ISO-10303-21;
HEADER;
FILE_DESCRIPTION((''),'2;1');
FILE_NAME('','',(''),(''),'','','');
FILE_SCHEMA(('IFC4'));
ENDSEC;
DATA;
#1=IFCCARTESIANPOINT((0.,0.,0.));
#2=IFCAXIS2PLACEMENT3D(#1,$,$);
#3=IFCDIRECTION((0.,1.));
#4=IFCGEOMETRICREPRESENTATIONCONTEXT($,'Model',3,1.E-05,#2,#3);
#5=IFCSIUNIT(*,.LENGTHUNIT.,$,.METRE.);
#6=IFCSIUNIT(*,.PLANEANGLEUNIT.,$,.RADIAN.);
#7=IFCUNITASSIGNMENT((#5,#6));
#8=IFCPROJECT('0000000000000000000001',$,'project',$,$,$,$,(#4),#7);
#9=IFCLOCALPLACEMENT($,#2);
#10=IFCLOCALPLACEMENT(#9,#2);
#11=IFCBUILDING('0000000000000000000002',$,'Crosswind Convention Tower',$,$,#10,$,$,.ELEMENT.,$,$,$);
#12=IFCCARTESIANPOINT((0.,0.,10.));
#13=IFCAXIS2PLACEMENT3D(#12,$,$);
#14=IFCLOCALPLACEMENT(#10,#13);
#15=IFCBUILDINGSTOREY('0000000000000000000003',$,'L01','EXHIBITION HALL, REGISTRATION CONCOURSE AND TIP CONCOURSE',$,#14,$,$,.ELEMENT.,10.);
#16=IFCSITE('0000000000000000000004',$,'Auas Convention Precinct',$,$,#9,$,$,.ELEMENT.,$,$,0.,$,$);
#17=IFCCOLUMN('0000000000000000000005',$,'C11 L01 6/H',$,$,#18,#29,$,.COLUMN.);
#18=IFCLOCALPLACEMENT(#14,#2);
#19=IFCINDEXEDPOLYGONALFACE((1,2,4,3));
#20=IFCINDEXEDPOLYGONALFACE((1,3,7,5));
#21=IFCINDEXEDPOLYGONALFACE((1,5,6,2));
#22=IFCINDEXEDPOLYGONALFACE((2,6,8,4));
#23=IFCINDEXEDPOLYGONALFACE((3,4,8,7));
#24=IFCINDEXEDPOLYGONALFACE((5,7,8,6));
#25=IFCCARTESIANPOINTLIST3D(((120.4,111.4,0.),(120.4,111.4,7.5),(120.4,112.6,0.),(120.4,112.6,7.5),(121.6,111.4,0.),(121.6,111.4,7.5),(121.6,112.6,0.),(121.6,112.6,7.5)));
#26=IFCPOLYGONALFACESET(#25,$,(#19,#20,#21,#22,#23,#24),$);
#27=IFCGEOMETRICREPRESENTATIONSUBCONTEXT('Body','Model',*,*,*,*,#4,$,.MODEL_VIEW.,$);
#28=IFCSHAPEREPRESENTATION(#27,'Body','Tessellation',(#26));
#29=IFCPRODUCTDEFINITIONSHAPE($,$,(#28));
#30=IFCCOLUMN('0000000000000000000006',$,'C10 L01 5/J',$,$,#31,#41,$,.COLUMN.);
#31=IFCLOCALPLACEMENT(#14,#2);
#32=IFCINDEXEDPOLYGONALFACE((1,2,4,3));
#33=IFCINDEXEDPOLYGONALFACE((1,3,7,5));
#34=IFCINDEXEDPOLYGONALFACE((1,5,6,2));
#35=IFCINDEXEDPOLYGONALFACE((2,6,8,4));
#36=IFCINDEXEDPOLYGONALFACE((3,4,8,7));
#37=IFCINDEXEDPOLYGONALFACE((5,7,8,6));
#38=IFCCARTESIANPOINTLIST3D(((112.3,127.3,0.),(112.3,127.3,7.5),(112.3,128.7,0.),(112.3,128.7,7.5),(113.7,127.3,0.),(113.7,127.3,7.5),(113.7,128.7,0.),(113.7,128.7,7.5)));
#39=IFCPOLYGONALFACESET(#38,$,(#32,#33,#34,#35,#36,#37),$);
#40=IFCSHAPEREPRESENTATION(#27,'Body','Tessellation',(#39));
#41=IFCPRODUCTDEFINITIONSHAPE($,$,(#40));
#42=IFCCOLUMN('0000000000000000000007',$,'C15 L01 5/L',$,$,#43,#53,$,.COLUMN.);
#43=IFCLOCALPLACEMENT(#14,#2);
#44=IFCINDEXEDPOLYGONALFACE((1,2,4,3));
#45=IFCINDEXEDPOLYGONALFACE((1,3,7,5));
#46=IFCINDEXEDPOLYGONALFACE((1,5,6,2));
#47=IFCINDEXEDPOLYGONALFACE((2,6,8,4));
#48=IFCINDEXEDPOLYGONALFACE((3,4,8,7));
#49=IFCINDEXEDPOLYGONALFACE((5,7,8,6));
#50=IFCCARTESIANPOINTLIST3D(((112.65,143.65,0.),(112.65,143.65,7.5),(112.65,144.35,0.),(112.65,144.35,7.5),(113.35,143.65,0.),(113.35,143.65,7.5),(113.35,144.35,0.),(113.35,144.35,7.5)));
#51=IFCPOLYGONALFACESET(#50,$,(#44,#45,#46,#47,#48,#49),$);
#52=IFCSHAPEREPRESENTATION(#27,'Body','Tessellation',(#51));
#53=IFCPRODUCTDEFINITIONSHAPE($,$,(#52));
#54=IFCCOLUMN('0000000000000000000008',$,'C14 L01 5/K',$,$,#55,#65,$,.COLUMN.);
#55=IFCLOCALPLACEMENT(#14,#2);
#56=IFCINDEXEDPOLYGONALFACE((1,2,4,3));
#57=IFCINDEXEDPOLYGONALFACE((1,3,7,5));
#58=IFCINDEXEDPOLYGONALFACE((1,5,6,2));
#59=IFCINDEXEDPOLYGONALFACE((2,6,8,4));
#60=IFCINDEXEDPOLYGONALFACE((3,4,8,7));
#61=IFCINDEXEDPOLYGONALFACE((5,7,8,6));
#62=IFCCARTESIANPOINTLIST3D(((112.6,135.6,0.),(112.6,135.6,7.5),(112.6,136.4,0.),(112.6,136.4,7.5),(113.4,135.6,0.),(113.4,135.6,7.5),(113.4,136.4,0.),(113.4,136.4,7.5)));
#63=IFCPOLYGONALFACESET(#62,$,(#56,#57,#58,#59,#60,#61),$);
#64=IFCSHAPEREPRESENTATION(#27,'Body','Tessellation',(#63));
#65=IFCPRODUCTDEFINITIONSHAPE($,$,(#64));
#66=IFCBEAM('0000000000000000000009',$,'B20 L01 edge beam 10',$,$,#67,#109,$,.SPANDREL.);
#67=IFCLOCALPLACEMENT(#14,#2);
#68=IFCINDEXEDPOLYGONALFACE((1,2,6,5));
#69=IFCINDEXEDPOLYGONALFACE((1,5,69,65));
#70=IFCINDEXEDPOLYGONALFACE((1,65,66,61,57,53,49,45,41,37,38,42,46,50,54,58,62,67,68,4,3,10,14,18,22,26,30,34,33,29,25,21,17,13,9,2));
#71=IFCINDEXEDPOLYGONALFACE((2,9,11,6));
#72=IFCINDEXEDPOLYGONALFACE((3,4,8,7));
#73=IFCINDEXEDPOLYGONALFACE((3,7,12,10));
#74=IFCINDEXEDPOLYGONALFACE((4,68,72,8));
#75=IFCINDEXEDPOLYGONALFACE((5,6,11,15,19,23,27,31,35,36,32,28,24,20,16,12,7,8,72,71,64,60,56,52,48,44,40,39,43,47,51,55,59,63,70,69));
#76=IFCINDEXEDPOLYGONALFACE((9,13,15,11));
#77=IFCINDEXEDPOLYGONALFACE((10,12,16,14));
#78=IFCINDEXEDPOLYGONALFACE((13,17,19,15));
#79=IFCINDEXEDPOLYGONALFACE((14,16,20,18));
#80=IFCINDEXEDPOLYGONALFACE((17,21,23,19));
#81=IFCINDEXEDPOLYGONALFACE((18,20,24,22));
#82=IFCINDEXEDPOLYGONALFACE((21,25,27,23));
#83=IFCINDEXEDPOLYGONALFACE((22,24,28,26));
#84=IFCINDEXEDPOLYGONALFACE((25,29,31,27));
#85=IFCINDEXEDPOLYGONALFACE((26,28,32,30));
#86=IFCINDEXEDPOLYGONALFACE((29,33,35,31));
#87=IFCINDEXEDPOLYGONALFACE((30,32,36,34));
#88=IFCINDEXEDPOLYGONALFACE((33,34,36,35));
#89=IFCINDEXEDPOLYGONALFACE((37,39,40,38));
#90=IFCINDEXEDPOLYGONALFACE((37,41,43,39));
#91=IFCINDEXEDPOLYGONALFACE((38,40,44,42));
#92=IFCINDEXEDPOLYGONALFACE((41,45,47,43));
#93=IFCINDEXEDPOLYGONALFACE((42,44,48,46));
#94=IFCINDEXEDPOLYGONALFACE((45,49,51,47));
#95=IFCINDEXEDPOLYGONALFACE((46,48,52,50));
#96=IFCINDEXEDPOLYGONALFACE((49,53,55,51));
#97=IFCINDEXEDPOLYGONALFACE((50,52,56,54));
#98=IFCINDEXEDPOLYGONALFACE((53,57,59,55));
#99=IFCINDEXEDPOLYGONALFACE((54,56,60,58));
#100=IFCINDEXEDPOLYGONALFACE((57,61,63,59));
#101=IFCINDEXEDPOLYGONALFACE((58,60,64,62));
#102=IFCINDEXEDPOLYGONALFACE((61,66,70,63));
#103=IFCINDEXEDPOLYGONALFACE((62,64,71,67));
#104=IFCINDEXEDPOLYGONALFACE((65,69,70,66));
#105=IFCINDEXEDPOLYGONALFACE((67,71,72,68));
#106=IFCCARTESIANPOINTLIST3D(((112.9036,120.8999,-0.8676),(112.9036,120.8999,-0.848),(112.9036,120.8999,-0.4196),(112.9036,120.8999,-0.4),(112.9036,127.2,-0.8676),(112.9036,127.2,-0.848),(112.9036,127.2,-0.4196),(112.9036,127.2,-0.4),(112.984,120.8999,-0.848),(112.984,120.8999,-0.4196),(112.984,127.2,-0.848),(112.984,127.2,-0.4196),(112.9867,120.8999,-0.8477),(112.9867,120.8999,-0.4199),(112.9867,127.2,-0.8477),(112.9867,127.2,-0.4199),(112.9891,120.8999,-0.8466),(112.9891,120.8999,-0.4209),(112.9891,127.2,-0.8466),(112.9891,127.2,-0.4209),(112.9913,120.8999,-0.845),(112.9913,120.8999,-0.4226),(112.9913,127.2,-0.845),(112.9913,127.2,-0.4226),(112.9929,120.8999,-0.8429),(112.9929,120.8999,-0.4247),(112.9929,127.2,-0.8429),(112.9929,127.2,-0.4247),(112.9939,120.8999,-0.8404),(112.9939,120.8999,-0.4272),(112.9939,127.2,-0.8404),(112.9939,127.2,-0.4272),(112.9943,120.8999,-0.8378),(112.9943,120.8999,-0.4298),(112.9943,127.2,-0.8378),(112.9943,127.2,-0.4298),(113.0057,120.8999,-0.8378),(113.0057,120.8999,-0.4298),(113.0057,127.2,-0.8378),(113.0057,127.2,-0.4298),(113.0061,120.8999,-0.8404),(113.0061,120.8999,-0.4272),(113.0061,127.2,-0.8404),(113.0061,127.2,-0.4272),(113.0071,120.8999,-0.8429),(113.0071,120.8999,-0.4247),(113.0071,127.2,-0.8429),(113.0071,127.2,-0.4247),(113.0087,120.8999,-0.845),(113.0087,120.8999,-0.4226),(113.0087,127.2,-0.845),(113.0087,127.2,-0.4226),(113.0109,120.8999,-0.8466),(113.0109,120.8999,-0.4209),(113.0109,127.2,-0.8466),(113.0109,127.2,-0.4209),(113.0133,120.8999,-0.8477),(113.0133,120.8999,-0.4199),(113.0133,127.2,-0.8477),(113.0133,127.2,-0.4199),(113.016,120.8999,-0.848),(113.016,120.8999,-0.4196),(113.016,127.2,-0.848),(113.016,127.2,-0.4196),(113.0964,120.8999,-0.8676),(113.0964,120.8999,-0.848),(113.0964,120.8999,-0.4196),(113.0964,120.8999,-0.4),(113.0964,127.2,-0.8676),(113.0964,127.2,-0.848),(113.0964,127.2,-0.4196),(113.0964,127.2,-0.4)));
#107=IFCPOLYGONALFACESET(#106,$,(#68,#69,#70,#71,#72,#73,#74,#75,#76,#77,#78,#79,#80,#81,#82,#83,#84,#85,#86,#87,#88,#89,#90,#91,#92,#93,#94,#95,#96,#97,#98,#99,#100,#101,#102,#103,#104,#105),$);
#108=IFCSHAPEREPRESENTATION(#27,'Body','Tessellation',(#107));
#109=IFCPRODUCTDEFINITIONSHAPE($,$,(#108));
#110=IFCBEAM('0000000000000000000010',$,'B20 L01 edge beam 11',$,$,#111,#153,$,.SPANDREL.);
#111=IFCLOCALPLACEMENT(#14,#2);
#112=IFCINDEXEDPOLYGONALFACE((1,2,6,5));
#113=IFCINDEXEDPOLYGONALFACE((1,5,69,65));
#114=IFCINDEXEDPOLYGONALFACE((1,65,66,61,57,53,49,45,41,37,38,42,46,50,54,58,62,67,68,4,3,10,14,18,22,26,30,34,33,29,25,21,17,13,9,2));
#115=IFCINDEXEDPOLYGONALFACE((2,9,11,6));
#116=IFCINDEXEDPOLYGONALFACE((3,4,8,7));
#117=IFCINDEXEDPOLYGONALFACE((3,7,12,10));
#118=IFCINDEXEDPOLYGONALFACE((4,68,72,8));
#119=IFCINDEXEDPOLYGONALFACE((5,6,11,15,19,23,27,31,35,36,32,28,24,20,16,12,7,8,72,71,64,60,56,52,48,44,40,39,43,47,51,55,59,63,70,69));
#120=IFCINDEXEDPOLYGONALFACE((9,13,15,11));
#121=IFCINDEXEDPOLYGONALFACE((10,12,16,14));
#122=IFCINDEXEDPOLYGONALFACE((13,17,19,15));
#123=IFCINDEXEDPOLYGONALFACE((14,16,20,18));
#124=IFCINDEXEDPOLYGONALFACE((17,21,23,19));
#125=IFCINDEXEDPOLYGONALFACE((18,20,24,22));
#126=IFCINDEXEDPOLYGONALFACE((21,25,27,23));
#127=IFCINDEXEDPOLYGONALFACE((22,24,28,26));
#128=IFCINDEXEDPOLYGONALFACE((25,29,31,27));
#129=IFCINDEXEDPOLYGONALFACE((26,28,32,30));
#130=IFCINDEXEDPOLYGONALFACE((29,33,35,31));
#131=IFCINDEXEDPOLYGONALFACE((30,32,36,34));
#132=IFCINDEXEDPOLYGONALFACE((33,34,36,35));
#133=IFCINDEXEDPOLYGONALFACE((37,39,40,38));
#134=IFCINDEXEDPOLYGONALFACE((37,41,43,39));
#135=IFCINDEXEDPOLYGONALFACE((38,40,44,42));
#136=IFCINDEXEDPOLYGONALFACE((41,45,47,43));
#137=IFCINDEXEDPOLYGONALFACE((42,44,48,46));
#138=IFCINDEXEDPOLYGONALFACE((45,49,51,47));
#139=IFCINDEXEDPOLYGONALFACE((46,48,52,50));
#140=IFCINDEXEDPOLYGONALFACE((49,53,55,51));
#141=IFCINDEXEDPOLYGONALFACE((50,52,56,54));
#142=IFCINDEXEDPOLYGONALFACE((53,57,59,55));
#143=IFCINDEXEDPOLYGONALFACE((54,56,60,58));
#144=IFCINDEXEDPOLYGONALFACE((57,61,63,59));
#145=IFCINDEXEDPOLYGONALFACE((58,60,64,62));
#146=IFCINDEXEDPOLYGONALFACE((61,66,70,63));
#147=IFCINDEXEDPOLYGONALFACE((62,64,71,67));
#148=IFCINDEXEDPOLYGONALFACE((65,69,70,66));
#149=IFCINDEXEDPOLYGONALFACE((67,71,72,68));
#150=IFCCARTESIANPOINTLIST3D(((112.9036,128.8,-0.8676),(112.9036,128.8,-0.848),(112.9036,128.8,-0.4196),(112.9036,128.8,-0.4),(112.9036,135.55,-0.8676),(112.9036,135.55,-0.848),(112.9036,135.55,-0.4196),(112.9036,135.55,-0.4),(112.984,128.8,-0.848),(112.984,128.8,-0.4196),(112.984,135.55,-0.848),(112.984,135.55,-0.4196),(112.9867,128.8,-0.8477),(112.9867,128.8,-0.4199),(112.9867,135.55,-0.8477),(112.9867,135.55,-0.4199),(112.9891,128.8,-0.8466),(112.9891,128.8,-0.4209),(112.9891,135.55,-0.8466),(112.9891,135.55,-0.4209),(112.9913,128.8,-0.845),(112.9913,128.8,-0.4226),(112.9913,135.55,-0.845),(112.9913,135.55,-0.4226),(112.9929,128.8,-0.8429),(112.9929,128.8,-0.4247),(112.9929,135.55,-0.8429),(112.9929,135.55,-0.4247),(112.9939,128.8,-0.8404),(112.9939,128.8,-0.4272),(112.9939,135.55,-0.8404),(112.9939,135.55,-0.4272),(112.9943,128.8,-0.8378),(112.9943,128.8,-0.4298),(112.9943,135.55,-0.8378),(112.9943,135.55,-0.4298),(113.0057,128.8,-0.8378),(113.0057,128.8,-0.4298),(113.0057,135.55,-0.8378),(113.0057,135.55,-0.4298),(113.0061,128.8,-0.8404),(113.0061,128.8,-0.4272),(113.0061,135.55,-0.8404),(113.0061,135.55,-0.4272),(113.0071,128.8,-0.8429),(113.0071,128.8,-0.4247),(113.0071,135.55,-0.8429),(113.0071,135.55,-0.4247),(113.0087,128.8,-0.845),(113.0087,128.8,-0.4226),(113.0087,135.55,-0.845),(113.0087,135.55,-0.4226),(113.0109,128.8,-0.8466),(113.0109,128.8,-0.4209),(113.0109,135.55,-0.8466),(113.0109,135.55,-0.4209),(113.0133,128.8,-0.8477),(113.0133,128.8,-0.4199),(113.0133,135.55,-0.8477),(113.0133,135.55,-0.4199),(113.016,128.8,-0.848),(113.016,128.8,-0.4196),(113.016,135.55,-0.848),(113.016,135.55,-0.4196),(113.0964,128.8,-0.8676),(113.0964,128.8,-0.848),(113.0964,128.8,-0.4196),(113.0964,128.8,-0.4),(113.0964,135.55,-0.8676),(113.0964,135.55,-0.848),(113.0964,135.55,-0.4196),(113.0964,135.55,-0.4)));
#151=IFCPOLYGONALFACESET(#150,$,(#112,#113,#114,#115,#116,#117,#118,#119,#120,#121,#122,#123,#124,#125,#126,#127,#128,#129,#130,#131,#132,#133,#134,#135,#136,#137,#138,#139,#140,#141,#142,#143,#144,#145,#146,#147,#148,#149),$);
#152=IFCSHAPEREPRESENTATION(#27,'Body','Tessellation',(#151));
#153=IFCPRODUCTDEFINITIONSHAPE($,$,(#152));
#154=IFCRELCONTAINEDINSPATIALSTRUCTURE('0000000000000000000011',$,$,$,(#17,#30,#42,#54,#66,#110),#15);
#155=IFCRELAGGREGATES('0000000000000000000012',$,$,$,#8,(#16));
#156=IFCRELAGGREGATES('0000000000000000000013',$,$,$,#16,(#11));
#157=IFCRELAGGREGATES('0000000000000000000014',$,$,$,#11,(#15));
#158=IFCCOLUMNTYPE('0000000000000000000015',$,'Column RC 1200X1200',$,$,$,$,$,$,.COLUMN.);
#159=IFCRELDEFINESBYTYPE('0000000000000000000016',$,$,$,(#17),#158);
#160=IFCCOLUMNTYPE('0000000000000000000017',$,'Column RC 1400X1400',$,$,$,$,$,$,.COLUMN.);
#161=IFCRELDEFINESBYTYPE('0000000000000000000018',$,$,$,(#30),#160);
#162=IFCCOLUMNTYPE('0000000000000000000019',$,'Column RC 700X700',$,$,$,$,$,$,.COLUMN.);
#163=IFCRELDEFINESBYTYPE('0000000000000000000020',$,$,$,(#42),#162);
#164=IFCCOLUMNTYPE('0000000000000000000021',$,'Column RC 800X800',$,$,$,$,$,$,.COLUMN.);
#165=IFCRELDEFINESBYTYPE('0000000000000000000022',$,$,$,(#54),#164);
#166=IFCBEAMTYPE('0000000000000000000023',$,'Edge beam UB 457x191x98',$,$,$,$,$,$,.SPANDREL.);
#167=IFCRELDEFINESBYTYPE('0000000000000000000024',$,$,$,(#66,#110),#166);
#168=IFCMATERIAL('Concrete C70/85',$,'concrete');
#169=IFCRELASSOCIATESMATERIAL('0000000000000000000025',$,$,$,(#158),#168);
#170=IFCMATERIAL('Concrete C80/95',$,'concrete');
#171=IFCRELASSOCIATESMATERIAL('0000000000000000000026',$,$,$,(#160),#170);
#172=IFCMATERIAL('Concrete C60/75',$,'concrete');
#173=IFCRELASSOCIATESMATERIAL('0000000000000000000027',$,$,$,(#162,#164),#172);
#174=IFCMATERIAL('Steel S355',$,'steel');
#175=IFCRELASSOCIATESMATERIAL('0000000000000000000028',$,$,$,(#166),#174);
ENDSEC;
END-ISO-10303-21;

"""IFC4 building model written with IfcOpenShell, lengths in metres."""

from ifc_helpers import new_model, si_unit, direction, frame, origin, origin_2d, place, context, subcontext, project, spatial, rectangle, i_section, extrude, material, material_profile, profile_set, type_object, element, save


model = new_model("IFC4")

# Units and contexts
model_context = context("Model", 3, precision=1e-05, world=origin(), true_north=direction((0.0, 1.0)))
body_context = subcontext(model_context, "Body", "Model", "MODEL_VIEW")
ifc_project = project(units=[si_unit("LENGTHUNIT", "METRE"), si_unit("PLANEANGLEUNIT", "RADIAN")], contexts=[model_context])

# Site, building, storey
site_placement = place(None, origin())
site = spatial("IfcSite", under=ifc_project, at=site_placement, Name="Auas Convention Precinct", CompositionType="ELEMENT", RefElevation=0.0)
building_placement = place(site_placement, origin())
building = spatial("IfcBuilding", under=site, at=building_placement, Name="Crosswind Convention Tower", CompositionType="ELEMENT")
storey_placement = place(building_placement, frame((0.0, 0.0, 10.0)))
storey = spatial("IfcBuildingStorey", under=building, at=storey_placement, Name="L01", Description="EXHIBITION HALL, REGISTRATION CONCOURSE AND TIP CONCOURSE", CompositionType="ELEMENT", Elevation=10.0)

# Columns
ifc_material_1 = material(Name="Concrete C70/85", Category="concrete")
ifc_material_profile_1 = material_profile(ifc_material_1, rectangle(XDim=1.2, YDim=1.2, at=origin_2d()), Name="RC 1200X1200")
ifc_profile_set_1 = profile_set([ifc_material_profile_1], Name="Concrete C70/85")
column_type_1 = type_object("IfcColumnType", Name="Column RC 1200X1200", PredefinedType="COLUMN", material=ifc_profile_set_1)
column_1_placement = place(storey_placement, frame((121.0, 112.0, 0.0), z_axis=(0.0, 0.0, 1.0), x_axis=(1.0, 0.0, 0.0)))
element("IfcColumn", 1, at=column_1_placement, inside=storey, type_object=column_type_1, Name="C11 L01 6/H", PredefinedType="COLUMN", context=body_context, shape_type="SweptSolid", body=[
    extrude(rectangle(XDim=1.2, YDim=1.2, at=origin_2d()), origin(), (0.0, 0.0, 1.0), 7.5),
])
ifc_material_2 = material(Name="Concrete C80/95", Category="concrete")
ifc_material_profile_2 = material_profile(ifc_material_2, rectangle(XDim=1.3999, YDim=1.3999, at=origin_2d()), Name="RC 1400X1400")
ifc_profile_set_2 = profile_set([ifc_material_profile_2], Name="Concrete C80/95")
column_type_2 = type_object("IfcColumnType", Name="Column RC 1400X1400", PredefinedType="COLUMN", material=ifc_profile_set_2)
column_2_placement = place(storey_placement, frame((113.0, 128.0, 0.0), z_axis=(0.0, 0.0, 1.0), x_axis=(1.0, 0.0, 0.0)))
element("IfcColumn", 2, at=column_2_placement, inside=storey, type_object=column_type_2, Name="C10 L01 5/J", PredefinedType="COLUMN", context=body_context, shape_type="SweptSolid", body=[
    extrude(rectangle(XDim=1.3999, YDim=1.3999, at=origin_2d()), origin(), (0.0, 0.0, 1.0), 7.5),
])
ifc_material_3 = material(Name="Concrete C60/75", Category="concrete")
ifc_material_profile_3 = material_profile(ifc_material_3, rectangle(XDim=0.7, YDim=0.7, at=origin_2d()), Name="RC 700X700")
ifc_profile_set_3 = profile_set([ifc_material_profile_3], Name="Concrete C60/75")
column_type_3 = type_object("IfcColumnType", Name="Column RC 700X700", PredefinedType="COLUMN", material=ifc_profile_set_3)
column_3_placement = place(storey_placement, frame((113.0, 144.0, 0.0), z_axis=(0.0, 0.0, 1.0), x_axis=(1.0, 0.0, 0.0)))
element("IfcColumn", 3, at=column_3_placement, inside=storey, type_object=column_type_3, Name="C15 L01 5/L", PredefinedType="COLUMN", context=body_context, shape_type="SweptSolid", body=[
    extrude(rectangle(XDim=0.7, YDim=0.7, at=origin_2d()), origin(), (0.0, 0.0, 1.0), 7.5),
])
ifc_material_profile_4 = material_profile(ifc_material_3, rectangle(XDim=0.8, YDim=0.8, at=origin_2d()), Name="RC 800X800")
ifc_profile_set_4 = profile_set([ifc_material_profile_4], Name="Concrete C60/75")
column_type_4 = type_object("IfcColumnType", Name="Column RC 800X800", PredefinedType="COLUMN", material=ifc_profile_set_4)
column_4_placement = place(storey_placement, frame((113.0, 136.0, 0.0), z_axis=(0.0, 0.0, 1.0), x_axis=(1.0, 0.0, 0.0)))
element("IfcColumn", 4, at=column_4_placement, inside=storey, type_object=column_type_4, Name="C14 L01 5/K", PredefinedType="COLUMN", context=body_context, shape_type="SweptSolid", body=[
    extrude(rectangle(XDim=0.8, YDim=0.8, at=origin_2d()), origin(), (0.0, 0.0, 1.0), 7.5),
])

# Beams
ifc_material_4 = material(Name="Steel S355", Category="steel")
ifc_material_profile_5 = material_profile(ifc_material_4, i_section(OverallWidth=0.1929, OverallDepth=0.4675, WebThickness=0.0115, FlangeThickness=0.0195, FilletRadius=0.0103, at=origin_2d()), Name="UB 457x191x98")
ifc_profile_set_5 = profile_set([ifc_material_profile_5], Name="Steel S355")
beam_type_1 = type_object("IfcBeamType", Name="Edge beam UB 457x191x98", PredefinedType="SPANDREL", material=ifc_profile_set_5)
beam_1_placement = place(storey_placement, frame((113.0, 120.8999, -0.6338), z_axis=(0.0, 1.0, 0.0), x_axis=(-1.0, 0.0, 0.0)))
element("IfcBeam", 5, at=beam_1_placement, inside=storey, type_object=beam_type_1, Name="B20 L01 edge beam 10", PredefinedType="SPANDREL", context=body_context, shape_type="SweptSolid", body=[
    extrude(i_section(OverallWidth=0.1929, OverallDepth=0.4675, WebThickness=0.0115, FlangeThickness=0.0195, FilletRadius=0.0103, at=origin_2d()), origin(), (0.0, 0.0, 1.0), 6.3),
])
beam_2_placement = place(storey_placement, frame((113.0, 128.8, -0.6338), z_axis=(0.0, 1.0, 0.0), x_axis=(-1.0, 0.0, 0.0)))
element("IfcBeam", 6, at=beam_2_placement, inside=storey, type_object=beam_type_1, Name="B20 L01 edge beam 11", PredefinedType="SPANDREL", context=body_context, shape_type="SweptSolid", body=[
    extrude(i_section(OverallWidth=0.1929, OverallDepth=0.4675, WebThickness=0.0115, FlangeThickness=0.0195, FilletRadius=0.0103, at=origin_2d()), origin(), (0.0, 0.0, 1.0), 6.75),
])

save(model, "model.ifc")
